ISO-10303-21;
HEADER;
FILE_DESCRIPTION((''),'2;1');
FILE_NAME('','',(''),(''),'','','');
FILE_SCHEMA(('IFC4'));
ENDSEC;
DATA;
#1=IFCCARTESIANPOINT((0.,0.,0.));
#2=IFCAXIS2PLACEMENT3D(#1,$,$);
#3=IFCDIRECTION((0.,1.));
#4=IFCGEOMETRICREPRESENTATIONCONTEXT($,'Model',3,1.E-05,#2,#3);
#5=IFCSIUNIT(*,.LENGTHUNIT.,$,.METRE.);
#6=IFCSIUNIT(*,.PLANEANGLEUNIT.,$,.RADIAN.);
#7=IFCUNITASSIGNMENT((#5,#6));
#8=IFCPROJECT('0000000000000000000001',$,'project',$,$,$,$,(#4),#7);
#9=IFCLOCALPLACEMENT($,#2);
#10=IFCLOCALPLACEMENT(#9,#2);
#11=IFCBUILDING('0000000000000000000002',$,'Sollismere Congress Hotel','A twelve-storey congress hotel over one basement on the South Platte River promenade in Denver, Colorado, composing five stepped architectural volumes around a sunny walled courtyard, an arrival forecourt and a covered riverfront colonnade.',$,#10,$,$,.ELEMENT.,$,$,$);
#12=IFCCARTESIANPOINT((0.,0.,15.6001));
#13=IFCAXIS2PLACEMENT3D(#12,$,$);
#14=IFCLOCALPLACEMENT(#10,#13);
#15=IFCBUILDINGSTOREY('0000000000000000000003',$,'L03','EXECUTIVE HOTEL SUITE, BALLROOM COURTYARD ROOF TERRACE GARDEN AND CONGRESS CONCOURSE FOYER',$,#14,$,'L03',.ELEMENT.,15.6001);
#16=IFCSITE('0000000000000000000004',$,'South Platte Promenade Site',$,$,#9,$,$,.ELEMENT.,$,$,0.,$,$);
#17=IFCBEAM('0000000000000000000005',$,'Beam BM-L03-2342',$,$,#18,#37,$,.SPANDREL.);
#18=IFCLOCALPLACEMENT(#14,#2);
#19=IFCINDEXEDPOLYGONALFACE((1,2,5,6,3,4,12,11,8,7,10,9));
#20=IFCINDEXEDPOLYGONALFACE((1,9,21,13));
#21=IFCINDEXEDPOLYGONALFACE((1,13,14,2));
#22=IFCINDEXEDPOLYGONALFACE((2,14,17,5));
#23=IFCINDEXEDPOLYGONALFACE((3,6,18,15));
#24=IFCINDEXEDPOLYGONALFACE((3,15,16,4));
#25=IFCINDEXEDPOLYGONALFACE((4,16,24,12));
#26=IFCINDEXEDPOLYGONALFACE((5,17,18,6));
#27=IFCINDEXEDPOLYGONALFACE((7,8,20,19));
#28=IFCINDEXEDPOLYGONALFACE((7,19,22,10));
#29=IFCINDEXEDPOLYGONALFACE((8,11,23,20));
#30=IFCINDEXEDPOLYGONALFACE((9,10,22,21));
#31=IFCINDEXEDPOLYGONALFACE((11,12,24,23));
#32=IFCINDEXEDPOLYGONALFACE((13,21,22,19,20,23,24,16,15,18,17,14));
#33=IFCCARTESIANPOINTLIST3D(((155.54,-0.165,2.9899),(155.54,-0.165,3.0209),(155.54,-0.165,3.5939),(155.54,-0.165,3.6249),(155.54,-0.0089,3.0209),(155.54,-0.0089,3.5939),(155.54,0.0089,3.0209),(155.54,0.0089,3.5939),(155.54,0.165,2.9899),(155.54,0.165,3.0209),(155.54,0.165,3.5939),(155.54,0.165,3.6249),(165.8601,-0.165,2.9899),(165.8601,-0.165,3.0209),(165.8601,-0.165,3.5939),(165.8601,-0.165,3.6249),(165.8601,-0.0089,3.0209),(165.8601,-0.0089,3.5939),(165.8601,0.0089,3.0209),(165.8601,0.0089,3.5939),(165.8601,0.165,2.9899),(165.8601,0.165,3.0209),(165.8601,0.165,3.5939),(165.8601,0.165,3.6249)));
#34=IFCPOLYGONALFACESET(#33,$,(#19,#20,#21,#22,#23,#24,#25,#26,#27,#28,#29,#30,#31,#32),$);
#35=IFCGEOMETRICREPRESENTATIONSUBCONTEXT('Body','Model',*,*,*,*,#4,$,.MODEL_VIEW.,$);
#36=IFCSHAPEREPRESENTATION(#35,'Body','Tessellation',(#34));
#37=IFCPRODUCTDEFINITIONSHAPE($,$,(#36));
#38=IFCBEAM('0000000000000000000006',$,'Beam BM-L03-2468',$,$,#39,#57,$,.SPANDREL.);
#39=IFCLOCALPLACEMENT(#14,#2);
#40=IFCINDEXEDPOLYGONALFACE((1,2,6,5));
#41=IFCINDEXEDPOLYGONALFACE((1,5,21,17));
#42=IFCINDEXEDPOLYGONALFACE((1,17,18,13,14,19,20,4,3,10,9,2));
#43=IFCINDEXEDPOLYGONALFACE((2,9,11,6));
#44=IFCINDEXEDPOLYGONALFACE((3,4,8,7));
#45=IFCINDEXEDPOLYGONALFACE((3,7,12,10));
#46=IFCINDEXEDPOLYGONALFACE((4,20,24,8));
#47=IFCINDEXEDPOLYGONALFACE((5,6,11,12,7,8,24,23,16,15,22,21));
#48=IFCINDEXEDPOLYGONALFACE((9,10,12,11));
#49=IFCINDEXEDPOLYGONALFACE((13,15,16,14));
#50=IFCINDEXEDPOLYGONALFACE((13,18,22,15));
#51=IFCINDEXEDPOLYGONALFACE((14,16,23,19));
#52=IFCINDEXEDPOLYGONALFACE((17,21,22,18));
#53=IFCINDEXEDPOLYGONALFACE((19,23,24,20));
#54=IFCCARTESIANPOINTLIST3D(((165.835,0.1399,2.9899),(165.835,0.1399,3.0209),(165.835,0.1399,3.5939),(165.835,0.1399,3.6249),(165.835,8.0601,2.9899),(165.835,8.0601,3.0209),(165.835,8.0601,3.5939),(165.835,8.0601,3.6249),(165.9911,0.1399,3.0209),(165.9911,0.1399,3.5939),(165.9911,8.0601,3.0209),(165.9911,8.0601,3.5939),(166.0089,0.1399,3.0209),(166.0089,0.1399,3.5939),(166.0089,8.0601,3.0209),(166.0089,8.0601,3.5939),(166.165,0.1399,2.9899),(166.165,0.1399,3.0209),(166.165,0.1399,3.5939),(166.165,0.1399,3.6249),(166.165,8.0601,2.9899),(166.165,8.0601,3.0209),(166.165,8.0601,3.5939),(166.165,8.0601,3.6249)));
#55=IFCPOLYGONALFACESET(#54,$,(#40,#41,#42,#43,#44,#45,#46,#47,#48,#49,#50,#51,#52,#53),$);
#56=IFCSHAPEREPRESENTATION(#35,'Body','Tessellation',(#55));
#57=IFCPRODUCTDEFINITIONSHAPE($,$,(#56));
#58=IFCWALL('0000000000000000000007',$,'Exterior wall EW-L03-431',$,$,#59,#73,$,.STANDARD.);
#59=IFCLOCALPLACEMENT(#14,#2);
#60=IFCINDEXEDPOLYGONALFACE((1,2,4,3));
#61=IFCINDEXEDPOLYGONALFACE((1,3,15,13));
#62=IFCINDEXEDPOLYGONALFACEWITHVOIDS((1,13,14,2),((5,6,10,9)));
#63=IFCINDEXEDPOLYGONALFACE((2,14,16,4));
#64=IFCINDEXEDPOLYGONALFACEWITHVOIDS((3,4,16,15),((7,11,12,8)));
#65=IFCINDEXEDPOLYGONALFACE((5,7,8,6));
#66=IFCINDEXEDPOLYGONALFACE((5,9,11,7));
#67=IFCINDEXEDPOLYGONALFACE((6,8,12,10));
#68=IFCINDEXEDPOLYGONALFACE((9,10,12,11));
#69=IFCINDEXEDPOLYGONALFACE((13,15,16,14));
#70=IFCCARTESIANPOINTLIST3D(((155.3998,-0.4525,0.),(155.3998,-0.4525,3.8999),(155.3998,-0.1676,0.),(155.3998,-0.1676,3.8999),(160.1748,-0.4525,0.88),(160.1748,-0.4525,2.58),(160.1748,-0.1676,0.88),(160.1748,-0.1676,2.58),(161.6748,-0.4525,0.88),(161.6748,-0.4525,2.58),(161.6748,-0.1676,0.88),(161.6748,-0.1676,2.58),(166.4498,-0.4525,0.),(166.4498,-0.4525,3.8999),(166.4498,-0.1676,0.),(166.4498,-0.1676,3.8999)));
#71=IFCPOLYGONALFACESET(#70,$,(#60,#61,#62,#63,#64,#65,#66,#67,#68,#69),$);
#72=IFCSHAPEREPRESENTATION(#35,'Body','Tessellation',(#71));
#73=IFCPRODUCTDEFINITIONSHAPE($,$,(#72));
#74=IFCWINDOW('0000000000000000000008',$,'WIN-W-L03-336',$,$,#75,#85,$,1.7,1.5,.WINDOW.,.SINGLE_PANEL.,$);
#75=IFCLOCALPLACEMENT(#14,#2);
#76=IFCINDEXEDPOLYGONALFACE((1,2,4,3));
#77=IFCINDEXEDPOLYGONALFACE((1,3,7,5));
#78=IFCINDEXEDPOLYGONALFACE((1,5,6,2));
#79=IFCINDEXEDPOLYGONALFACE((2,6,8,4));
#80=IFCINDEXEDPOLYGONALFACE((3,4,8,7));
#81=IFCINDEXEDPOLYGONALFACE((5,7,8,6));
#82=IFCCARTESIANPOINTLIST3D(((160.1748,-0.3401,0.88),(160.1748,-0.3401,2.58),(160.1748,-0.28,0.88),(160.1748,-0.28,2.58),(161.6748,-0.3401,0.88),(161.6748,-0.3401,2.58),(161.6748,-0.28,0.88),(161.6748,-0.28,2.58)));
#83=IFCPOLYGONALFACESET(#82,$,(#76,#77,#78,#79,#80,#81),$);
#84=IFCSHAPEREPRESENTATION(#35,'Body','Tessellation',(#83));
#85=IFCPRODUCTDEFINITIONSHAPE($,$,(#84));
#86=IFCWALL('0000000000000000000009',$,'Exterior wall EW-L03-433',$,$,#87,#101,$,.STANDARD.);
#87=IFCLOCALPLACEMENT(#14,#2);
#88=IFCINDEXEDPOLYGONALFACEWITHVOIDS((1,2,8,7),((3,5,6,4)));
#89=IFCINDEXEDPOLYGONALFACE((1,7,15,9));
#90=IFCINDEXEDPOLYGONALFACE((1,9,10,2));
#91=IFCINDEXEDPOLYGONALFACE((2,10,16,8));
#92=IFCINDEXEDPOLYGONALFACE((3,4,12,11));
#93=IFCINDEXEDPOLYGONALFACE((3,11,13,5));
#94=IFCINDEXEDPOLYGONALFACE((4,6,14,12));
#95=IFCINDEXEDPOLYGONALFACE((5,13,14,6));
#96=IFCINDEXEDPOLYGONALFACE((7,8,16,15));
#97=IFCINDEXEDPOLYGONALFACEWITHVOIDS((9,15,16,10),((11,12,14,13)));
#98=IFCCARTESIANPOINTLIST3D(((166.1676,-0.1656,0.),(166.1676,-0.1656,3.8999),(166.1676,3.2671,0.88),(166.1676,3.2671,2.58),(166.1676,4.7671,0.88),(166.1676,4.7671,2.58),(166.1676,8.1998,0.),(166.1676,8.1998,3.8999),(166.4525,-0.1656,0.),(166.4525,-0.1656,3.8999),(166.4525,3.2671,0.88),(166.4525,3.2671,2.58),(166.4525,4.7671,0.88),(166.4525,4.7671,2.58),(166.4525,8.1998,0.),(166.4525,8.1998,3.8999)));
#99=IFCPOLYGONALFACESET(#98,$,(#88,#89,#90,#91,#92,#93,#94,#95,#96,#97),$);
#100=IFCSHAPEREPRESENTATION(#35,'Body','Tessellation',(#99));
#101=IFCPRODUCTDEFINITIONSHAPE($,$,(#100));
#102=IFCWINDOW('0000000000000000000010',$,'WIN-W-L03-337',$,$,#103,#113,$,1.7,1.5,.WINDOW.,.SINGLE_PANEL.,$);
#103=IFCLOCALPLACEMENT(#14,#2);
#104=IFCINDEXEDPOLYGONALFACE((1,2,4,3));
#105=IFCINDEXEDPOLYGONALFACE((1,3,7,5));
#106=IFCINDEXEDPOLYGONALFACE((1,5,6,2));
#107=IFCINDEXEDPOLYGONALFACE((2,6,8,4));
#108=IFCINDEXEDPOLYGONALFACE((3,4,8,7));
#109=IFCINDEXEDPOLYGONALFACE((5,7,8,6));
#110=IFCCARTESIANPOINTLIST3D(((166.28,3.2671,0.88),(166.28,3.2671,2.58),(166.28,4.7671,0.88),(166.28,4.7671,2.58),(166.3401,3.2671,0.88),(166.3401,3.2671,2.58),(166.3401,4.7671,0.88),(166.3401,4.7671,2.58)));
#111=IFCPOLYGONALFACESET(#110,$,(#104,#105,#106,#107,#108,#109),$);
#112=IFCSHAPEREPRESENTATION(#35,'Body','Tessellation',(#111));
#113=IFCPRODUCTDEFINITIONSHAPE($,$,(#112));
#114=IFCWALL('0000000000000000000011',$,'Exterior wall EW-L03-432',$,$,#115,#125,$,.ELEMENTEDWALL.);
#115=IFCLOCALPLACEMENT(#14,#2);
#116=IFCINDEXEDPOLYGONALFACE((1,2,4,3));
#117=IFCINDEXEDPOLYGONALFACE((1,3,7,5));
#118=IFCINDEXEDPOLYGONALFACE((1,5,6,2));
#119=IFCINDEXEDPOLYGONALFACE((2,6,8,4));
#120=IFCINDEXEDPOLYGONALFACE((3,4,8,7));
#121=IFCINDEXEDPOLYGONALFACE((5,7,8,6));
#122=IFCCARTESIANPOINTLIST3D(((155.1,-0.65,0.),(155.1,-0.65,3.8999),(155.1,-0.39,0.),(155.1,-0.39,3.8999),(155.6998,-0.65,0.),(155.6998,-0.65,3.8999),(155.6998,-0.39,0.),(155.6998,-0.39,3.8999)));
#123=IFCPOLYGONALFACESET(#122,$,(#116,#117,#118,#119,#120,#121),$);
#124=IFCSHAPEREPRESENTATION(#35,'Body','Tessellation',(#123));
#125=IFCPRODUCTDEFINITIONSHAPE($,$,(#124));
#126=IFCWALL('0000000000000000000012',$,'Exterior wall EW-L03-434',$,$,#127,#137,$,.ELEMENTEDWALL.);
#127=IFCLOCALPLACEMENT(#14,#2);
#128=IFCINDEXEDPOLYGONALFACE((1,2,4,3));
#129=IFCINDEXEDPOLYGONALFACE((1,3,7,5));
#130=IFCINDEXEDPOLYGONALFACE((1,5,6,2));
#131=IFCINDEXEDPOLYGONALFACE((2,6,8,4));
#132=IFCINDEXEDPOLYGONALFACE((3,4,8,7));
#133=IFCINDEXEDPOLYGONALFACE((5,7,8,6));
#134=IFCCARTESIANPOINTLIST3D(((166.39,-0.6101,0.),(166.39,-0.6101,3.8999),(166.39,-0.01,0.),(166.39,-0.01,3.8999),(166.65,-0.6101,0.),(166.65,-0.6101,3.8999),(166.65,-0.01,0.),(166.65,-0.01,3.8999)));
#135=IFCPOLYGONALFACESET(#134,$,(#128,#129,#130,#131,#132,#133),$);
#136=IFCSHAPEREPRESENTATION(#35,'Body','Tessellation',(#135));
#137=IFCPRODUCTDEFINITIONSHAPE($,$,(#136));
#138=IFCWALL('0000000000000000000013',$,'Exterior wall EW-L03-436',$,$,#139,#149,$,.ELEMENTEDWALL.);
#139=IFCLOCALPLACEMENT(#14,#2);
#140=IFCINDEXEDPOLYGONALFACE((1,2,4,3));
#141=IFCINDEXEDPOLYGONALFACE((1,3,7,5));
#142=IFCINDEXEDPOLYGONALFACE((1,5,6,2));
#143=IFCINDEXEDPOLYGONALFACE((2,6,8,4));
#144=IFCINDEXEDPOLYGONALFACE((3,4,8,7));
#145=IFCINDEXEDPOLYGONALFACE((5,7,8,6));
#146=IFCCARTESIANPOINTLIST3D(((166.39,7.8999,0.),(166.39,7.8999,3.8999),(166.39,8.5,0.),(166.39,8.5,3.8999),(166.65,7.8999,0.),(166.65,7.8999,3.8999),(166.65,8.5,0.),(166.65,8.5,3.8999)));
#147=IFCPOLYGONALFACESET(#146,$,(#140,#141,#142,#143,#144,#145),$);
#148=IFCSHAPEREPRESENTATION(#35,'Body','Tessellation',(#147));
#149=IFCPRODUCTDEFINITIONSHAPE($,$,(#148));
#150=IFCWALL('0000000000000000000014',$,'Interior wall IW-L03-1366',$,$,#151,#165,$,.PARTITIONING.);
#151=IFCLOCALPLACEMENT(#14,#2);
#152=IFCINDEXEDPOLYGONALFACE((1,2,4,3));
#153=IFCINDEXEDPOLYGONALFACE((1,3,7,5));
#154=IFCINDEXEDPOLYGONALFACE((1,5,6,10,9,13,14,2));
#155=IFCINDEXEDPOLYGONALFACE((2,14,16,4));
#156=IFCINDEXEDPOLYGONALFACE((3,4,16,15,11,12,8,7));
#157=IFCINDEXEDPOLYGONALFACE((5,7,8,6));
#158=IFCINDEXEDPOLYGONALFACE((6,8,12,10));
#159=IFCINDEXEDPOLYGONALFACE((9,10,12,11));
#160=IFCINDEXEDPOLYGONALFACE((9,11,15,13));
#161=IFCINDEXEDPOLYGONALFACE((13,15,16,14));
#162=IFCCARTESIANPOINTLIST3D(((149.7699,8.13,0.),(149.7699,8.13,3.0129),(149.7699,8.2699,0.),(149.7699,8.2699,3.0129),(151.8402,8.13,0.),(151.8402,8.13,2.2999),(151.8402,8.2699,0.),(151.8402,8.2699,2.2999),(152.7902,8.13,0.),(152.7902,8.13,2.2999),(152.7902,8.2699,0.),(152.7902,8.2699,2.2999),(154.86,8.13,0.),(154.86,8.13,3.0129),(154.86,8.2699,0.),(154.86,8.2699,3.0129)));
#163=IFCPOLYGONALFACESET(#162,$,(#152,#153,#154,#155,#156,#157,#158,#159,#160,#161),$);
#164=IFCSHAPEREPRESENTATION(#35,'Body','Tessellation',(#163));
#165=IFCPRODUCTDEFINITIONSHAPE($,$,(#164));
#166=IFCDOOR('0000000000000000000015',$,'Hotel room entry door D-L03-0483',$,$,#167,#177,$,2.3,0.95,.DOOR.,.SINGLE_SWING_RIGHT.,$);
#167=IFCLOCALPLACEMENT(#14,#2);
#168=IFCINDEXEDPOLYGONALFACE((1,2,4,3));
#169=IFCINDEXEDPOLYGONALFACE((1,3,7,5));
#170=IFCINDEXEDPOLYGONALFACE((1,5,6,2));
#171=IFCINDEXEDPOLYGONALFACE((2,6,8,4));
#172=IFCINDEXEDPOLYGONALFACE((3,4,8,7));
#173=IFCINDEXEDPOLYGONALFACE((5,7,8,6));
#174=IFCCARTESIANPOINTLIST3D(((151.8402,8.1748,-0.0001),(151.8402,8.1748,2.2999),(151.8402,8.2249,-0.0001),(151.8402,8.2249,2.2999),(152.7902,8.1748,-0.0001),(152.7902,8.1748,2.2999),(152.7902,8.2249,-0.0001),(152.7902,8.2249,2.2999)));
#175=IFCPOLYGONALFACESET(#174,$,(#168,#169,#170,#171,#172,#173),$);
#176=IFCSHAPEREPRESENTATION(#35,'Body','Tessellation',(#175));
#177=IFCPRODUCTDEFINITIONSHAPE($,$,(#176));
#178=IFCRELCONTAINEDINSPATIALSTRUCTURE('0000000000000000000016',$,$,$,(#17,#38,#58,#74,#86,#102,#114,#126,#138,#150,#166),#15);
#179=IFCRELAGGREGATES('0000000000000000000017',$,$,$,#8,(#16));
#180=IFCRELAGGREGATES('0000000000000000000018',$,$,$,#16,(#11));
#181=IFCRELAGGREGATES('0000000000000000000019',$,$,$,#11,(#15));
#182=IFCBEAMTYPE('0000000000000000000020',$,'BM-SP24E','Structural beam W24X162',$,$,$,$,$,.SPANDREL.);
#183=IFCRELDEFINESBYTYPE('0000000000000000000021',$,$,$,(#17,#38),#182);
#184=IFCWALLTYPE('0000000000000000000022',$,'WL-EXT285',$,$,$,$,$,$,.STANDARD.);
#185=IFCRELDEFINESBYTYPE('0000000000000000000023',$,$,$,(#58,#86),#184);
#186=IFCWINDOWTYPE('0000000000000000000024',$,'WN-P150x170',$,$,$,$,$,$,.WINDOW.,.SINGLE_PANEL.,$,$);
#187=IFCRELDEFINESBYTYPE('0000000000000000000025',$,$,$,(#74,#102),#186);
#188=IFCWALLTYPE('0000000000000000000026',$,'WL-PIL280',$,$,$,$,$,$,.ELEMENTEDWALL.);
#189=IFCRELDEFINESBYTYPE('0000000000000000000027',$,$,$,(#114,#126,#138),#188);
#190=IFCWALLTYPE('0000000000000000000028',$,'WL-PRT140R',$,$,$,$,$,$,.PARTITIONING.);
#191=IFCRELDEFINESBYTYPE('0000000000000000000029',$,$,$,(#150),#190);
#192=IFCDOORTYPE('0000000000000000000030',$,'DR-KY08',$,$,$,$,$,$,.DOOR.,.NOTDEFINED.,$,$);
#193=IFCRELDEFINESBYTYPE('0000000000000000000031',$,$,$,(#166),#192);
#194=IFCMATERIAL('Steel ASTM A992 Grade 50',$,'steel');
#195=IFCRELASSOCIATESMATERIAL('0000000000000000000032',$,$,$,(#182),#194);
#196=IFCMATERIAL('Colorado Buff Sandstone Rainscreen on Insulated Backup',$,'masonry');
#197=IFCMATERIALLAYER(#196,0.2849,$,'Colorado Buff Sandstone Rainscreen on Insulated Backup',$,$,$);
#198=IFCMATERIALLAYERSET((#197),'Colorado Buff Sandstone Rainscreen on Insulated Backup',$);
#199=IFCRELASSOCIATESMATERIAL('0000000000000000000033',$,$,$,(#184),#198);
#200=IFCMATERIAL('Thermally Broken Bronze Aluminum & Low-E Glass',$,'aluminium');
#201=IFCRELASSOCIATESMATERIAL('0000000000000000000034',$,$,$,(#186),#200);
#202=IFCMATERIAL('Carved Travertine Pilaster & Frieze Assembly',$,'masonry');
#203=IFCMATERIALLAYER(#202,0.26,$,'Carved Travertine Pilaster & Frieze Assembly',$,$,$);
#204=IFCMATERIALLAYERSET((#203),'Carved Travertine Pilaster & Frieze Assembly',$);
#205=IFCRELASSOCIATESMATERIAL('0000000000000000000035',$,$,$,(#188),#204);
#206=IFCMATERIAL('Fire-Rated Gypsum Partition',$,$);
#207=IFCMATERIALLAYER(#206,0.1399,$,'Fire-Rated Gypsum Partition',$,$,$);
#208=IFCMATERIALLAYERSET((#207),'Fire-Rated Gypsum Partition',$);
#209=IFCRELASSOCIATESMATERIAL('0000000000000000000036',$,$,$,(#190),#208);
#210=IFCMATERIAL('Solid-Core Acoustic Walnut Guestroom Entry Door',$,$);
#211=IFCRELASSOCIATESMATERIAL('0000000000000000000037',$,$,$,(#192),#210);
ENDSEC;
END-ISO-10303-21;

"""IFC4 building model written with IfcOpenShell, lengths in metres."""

from ifc_helpers import new_model, si_unit, direction, frame, frame_2d, origin, origin_2d, place, context, subcontext, project, spatial, rectangle, i_section, extrude, material, layer, layer_set, material_profile, profile_set, type_object, element, fill, save


model = new_model("IFC4")

# Units and contexts
model_context = context("Model", 3, precision=1e-05, world=origin(), true_north=direction((0.0, 1.0)))
body_context = subcontext(model_context, "Body", "Model", "MODEL_VIEW")
ifc_project = project(units=[si_unit("LENGTHUNIT", "METRE"), si_unit("PLANEANGLEUNIT", "RADIAN")], contexts=[model_context])

# Site, building, storey
site_placement = place(None, origin())
site = spatial("IfcSite", under=ifc_project, at=site_placement, Name="South Platte Promenade Site", CompositionType="ELEMENT", RefElevation=0.0)
building_placement = place(site_placement, origin())
building = spatial("IfcBuilding", under=site, at=building_placement, Name="Sollismere Congress Hotel", Description="A twelve-storey congress hotel over one basement on the South Platte River promenade in Denver, Colorado, composing five stepped architectural volumes around a sunny walled courtyard, an arrival forecourt and a covered riverfront colonnade.", CompositionType="ELEMENT")
storey_placement = place(building_placement, frame((0.0, 0.0, 15.6001)))
storey = spatial("IfcBuildingStorey", under=building, at=storey_placement, Name="L03", Description="EXECUTIVE HOTEL SUITE, BALLROOM COURTYARD ROOF TERRACE GARDEN AND CONGRESS CONCOURSE FOYER", LongName="L03", CompositionType="ELEMENT", Elevation=15.6001)

# Shared definitions
ifc_material_1 = material(Name="Steel ASTM A992 Grade 50", Category="steel")

# Beams
ifc_material_profile_1 = material_profile(ifc_material_1, i_section(OverallWidth=0.3301, OverallDepth=0.635, WebThickness=0.0178, FlangeThickness=0.031, at=origin_2d()), Name="W24X162")
ifc_profile_set_1 = profile_set([ifc_material_profile_1], Name="Steel ASTM A992 Grade 50")
beam_type_1 = type_object("IfcBeamType", Name="BM-SP24E", Description="Structural beam W24X162", PredefinedType="SPANDREL", material=ifc_profile_set_1)
beam_1_placement = place(storey_placement, frame((155.54, 0.0, 3.3074), z_axis=(1.0, 0.0, 0.0), x_axis=(0.0, 1.0, 0.0)))
element("IfcBeam", 1, at=beam_1_placement, inside=storey, type_object=beam_type_1, Name="Beam BM-L03-2342", PredefinedType="SPANDREL", context=body_context, shape_type="SweptSolid", body=[
    extrude(i_section(OverallWidth=0.3301, OverallDepth=0.635, WebThickness=0.0178, FlangeThickness=0.031, at=origin_2d()), origin(), (0.0, 0.0, 1.0), 10.3201),
])
beam_2_placement = place(storey_placement, frame((166.0, 0.1399, 3.3074), z_axis=(0.0, 1.0, 0.0), x_axis=(-1.0, 0.0, 0.0)))
element("IfcBeam", 2, at=beam_2_placement, inside=storey, type_object=beam_type_1, Name="Beam BM-L03-2468", PredefinedType="SPANDREL", context=body_context, shape_type="SweptSolid", body=[
    extrude(i_section(OverallWidth=0.3301, OverallDepth=0.635, WebThickness=0.0178, FlangeThickness=0.031, at=origin_2d()), origin(), (0.0, 0.0, 1.0), 7.9202),
])

# Walls, openings, windows
ifc_material_2 = material(Name="Colorado Buff Sandstone Rainscreen on Insulated Backup", Category="masonry")
ifc_layer_1 = layer(ifc_material_2, 0.2849, Name="Colorado Buff Sandstone Rainscreen on Insulated Backup")
ifc_layer_set_1 = layer_set([ifc_layer_1], Name="Colorado Buff Sandstone Rainscreen on Insulated Backup")
wall_type_1 = type_object("IfcWallType", Name="WL-EXT285", PredefinedType="STANDARD", material=ifc_layer_set_1)
wall_1_placement = place(storey_placement, frame((155.3999, -0.3101, 0.0), z_axis=(0.0, 0.0, 1.0), x_axis=(1.0, 0.0, 0.0)))
wall_1 = element("IfcWall", 3, at=wall_1_placement, inside=storey, type_object=wall_type_1, Name="Exterior wall EW-L03-431", PredefinedType="STANDARD", context=body_context, shape_type="SweptSolid", body=[
    extrude(rectangle(XDim=11.05, YDim=0.2849, at=frame_2d((5.5249, 0.0))), origin(), (0.0, 0.0, 1.0), 3.8999),
])
opening_1_placement = place(wall_1_placement, frame((4.7749, 0.0, 0.8799)))
opening_1 = element("IfcOpeningElement", 4, at=opening_1_placement, cuts=wall_1, PredefinedType="OPENING", context=body_context, shape_type="SweptSolid", body=[
    extrude(rectangle(XDim=1.5, YDim=1.7, at=frame_2d((0.75, 0.8501))), frame((0.0, 0.1523, 0.0), z_axis=(0.0, -1.0, 0.0), x_axis=(1.0, 0.0, 0.0)), (0.0, 0.0, 1.0), 0.3049),
])
ifc_material_3 = material(Name="Thermally Broken Bronze Aluminum & Low-E Glass", Category="aluminium")
window_type = type_object("IfcWindowType", Name="WN-P150x170", PartitioningType="SINGLE_PANEL", PredefinedType="WINDOW", material=ifc_material_3)
window_1_placement = place(opening_1_placement, origin())
window_1 = element("IfcWindow", 5, at=window_1_placement, inside=storey, type_object=window_type, Name="WIN-W-L03-336", OverallHeight=1.7, OverallWidth=1.5, PartitioningType="SINGLE_PANEL", PredefinedType="WINDOW", context=body_context, shape_type="SweptSolid", body=[
    extrude(rectangle(XDim=1.5, YDim=1.7, at=frame_2d((0.75, 0.8501))), frame((0.0, 0.03, 0.0), z_axis=(0.0, -1.0, 0.0), x_axis=(1.0, 0.0, 0.0)), (0.0, 0.0, 1.0), 0.0601),
])
fill(opening_1, window_1)
wall_2_placement = place(storey_placement, frame((166.3101, -0.1655, 0.0), z_axis=(0.0, 0.0, 1.0), x_axis=(0.0, 1.0, 0.0)))
wall_2 = element("IfcWall", 6, at=wall_2_placement, inside=storey, type_object=wall_type_1, Name="Exterior wall EW-L03-433", PredefinedType="STANDARD", context=body_context, shape_type="SweptSolid", body=[
    extrude(rectangle(XDim=8.3655, YDim=0.2849, at=frame_2d((4.1826, 0.0))), origin(), (0.0, 0.0, 1.0), 3.8999),
])
opening_2_placement = place(wall_2_placement, frame((3.4326, 0.0, 0.8799)))
opening_2 = element("IfcOpeningElement", 7, at=opening_2_placement, cuts=wall_2, PredefinedType="OPENING", context=body_context, shape_type="SweptSolid", body=[
    extrude(rectangle(XDim=1.5, YDim=1.7, at=frame_2d((0.75, 0.8501))), frame((0.0, 0.1523, 0.0), z_axis=(0.0, -1.0, 0.0), x_axis=(1.0, 0.0, 0.0)), (0.0, 0.0, 1.0), 0.3049),
])
window_2_placement = place(opening_2_placement, origin())
window_2 = element("IfcWindow", 8, at=window_2_placement, inside=storey, type_object=window_type, Name="WIN-W-L03-337", OverallHeight=1.7, OverallWidth=1.5, PartitioningType="SINGLE_PANEL", PredefinedType="WINDOW", context=body_context, shape_type="SweptSolid", body=[
    extrude(rectangle(XDim=1.5, YDim=1.7, at=frame_2d((0.75, 0.8501))), frame((0.0, 0.03, 0.0), z_axis=(0.0, -1.0, 0.0), x_axis=(1.0, 0.0, 0.0)), (0.0, 0.0, 1.0), 0.0601),
])
fill(opening_2, window_2)

# Walls
ifc_material_4 = material(Name="Carved Travertine Pilaster & Frieze Assembly", Category="masonry")
ifc_layer_2 = layer(ifc_material_4, 0.26, Name="Carved Travertine Pilaster & Frieze Assembly")
ifc_layer_set_2 = layer_set([ifc_layer_2], Name="Carved Travertine Pilaster & Frieze Assembly")
wall_type_2 = type_object("IfcWallType", Name="WL-PIL280", PredefinedType="ELEMENTEDWALL", material=ifc_layer_set_2)
wall_3_placement = place(storey_placement, frame((155.1001, -0.52, 0.0), z_axis=(0.0, 0.0, 1.0), x_axis=(1.0, 0.0, 0.0)))
element("IfcWall", 9, at=wall_3_placement, inside=storey, type_object=wall_type_2, Name="Exterior wall EW-L03-432", PredefinedType="ELEMENTEDWALL", context=body_context, shape_type="SweptSolid", body=[
    extrude(rectangle(XDim=0.5999, YDim=0.26, at=frame_2d((0.2998, 0.0))), origin(), (0.0, 0.0, 1.0), 3.8999),
])
for number, where, z_axis, x_axis, name in (
    (10, (166.52, -0.6101, 0.0), (0.0, 0.0, 1.0), (0.0, 1.0, 0.0), "Exterior wall EW-L03-434"),
    (11, (166.52, 7.8999, 0.0), (0.0, 0.0, 1.0), (0.0, 1.0, 0.0), "Exterior wall EW-L03-436"),
):
    element("IfcWall", number, at=place(storey_placement, frame(where, z_axis=z_axis, x_axis=x_axis)), inside=storey, type_object=wall_type_2, Name=name, PredefinedType="ELEMENTEDWALL", context=body_context, shape_type="SweptSolid", body=[
        extrude(rectangle(XDim=0.6001, YDim=0.26, at=frame_2d((0.3, 0.0))), origin(), (0.0, 0.0, 1.0), 3.8999),
    ])

# Wall, opening, door
ifc_material_5 = material(Name="Fire-Rated Gypsum Partition")
ifc_layer_3 = layer(ifc_material_5, 0.1399, Name="Fire-Rated Gypsum Partition")
ifc_layer_set_3 = layer_set([ifc_layer_3], Name="Fire-Rated Gypsum Partition")
wall_type_3 = type_object("IfcWallType", Name="WL-PRT140R", PredefinedType="PARTITIONING", material=ifc_layer_set_3)
wall_4_placement = place(storey_placement, frame((149.77, 8.2, 0.0), z_axis=(0.0, 0.0, 1.0), x_axis=(1.0, 0.0, 0.0)))
wall_4 = element("IfcWall", 12, at=wall_4_placement, inside=storey, type_object=wall_type_3, Name="Interior wall IW-L03-1366", PredefinedType="PARTITIONING", context=body_context, shape_type="SweptSolid", body=[
    extrude(rectangle(XDim=5.0901, YDim=0.1399, at=frame_2d((2.5449, 0.0))), origin(), (0.0, 0.0, 1.0), 3.0129),
])
opening_3_placement = place(wall_4_placement, frame((2.0701, 0.0, 0.0)))
opening_3 = element("IfcOpeningElement", 13, at=opening_3_placement, cuts=wall_4, PredefinedType="OPENING", context=body_context, shape_type="SweptSolid", body=[
    extrude(rectangle(XDim=0.95, YDim=2.3, at=frame_2d((0.4751, 1.1499))), frame((0.0, 0.0798, 0.0), z_axis=(0.0, -1.0, 0.0), x_axis=(1.0, 0.0, 0.0)), (0.0, 0.0, 1.0), 0.1599),
])
ifc_material_6 = material(Name="Solid-Core Acoustic Walnut Guestroom Entry Door")
door_type = type_object("IfcDoorType", Name="DR-KY08", OperationType="NOTDEFINED", PredefinedType="DOOR", material=ifc_material_6)
door_placement = place(opening_3_placement, origin())
door = element("IfcDoor", 14, at=door_placement, inside=storey, type_object=door_type, Name="Hotel room entry door D-L03-0483", OperationType="SINGLE_SWING_RIGHT", OverallHeight=2.3, OverallWidth=0.95, PredefinedType="DOOR", context=body_context, shape_type="SweptSolid", body=[
    extrude(rectangle(XDim=0.95, YDim=2.3, at=frame_2d((0.4751, 1.1499))), frame((0.0, 0.0249, 0.0), z_axis=(0.0, -1.0, 0.0), x_axis=(1.0, 0.0, 0.0)), (0.0, 0.0, 1.0), 0.05),
])
fill(opening_3, door)

save(model, "model.ifc")
